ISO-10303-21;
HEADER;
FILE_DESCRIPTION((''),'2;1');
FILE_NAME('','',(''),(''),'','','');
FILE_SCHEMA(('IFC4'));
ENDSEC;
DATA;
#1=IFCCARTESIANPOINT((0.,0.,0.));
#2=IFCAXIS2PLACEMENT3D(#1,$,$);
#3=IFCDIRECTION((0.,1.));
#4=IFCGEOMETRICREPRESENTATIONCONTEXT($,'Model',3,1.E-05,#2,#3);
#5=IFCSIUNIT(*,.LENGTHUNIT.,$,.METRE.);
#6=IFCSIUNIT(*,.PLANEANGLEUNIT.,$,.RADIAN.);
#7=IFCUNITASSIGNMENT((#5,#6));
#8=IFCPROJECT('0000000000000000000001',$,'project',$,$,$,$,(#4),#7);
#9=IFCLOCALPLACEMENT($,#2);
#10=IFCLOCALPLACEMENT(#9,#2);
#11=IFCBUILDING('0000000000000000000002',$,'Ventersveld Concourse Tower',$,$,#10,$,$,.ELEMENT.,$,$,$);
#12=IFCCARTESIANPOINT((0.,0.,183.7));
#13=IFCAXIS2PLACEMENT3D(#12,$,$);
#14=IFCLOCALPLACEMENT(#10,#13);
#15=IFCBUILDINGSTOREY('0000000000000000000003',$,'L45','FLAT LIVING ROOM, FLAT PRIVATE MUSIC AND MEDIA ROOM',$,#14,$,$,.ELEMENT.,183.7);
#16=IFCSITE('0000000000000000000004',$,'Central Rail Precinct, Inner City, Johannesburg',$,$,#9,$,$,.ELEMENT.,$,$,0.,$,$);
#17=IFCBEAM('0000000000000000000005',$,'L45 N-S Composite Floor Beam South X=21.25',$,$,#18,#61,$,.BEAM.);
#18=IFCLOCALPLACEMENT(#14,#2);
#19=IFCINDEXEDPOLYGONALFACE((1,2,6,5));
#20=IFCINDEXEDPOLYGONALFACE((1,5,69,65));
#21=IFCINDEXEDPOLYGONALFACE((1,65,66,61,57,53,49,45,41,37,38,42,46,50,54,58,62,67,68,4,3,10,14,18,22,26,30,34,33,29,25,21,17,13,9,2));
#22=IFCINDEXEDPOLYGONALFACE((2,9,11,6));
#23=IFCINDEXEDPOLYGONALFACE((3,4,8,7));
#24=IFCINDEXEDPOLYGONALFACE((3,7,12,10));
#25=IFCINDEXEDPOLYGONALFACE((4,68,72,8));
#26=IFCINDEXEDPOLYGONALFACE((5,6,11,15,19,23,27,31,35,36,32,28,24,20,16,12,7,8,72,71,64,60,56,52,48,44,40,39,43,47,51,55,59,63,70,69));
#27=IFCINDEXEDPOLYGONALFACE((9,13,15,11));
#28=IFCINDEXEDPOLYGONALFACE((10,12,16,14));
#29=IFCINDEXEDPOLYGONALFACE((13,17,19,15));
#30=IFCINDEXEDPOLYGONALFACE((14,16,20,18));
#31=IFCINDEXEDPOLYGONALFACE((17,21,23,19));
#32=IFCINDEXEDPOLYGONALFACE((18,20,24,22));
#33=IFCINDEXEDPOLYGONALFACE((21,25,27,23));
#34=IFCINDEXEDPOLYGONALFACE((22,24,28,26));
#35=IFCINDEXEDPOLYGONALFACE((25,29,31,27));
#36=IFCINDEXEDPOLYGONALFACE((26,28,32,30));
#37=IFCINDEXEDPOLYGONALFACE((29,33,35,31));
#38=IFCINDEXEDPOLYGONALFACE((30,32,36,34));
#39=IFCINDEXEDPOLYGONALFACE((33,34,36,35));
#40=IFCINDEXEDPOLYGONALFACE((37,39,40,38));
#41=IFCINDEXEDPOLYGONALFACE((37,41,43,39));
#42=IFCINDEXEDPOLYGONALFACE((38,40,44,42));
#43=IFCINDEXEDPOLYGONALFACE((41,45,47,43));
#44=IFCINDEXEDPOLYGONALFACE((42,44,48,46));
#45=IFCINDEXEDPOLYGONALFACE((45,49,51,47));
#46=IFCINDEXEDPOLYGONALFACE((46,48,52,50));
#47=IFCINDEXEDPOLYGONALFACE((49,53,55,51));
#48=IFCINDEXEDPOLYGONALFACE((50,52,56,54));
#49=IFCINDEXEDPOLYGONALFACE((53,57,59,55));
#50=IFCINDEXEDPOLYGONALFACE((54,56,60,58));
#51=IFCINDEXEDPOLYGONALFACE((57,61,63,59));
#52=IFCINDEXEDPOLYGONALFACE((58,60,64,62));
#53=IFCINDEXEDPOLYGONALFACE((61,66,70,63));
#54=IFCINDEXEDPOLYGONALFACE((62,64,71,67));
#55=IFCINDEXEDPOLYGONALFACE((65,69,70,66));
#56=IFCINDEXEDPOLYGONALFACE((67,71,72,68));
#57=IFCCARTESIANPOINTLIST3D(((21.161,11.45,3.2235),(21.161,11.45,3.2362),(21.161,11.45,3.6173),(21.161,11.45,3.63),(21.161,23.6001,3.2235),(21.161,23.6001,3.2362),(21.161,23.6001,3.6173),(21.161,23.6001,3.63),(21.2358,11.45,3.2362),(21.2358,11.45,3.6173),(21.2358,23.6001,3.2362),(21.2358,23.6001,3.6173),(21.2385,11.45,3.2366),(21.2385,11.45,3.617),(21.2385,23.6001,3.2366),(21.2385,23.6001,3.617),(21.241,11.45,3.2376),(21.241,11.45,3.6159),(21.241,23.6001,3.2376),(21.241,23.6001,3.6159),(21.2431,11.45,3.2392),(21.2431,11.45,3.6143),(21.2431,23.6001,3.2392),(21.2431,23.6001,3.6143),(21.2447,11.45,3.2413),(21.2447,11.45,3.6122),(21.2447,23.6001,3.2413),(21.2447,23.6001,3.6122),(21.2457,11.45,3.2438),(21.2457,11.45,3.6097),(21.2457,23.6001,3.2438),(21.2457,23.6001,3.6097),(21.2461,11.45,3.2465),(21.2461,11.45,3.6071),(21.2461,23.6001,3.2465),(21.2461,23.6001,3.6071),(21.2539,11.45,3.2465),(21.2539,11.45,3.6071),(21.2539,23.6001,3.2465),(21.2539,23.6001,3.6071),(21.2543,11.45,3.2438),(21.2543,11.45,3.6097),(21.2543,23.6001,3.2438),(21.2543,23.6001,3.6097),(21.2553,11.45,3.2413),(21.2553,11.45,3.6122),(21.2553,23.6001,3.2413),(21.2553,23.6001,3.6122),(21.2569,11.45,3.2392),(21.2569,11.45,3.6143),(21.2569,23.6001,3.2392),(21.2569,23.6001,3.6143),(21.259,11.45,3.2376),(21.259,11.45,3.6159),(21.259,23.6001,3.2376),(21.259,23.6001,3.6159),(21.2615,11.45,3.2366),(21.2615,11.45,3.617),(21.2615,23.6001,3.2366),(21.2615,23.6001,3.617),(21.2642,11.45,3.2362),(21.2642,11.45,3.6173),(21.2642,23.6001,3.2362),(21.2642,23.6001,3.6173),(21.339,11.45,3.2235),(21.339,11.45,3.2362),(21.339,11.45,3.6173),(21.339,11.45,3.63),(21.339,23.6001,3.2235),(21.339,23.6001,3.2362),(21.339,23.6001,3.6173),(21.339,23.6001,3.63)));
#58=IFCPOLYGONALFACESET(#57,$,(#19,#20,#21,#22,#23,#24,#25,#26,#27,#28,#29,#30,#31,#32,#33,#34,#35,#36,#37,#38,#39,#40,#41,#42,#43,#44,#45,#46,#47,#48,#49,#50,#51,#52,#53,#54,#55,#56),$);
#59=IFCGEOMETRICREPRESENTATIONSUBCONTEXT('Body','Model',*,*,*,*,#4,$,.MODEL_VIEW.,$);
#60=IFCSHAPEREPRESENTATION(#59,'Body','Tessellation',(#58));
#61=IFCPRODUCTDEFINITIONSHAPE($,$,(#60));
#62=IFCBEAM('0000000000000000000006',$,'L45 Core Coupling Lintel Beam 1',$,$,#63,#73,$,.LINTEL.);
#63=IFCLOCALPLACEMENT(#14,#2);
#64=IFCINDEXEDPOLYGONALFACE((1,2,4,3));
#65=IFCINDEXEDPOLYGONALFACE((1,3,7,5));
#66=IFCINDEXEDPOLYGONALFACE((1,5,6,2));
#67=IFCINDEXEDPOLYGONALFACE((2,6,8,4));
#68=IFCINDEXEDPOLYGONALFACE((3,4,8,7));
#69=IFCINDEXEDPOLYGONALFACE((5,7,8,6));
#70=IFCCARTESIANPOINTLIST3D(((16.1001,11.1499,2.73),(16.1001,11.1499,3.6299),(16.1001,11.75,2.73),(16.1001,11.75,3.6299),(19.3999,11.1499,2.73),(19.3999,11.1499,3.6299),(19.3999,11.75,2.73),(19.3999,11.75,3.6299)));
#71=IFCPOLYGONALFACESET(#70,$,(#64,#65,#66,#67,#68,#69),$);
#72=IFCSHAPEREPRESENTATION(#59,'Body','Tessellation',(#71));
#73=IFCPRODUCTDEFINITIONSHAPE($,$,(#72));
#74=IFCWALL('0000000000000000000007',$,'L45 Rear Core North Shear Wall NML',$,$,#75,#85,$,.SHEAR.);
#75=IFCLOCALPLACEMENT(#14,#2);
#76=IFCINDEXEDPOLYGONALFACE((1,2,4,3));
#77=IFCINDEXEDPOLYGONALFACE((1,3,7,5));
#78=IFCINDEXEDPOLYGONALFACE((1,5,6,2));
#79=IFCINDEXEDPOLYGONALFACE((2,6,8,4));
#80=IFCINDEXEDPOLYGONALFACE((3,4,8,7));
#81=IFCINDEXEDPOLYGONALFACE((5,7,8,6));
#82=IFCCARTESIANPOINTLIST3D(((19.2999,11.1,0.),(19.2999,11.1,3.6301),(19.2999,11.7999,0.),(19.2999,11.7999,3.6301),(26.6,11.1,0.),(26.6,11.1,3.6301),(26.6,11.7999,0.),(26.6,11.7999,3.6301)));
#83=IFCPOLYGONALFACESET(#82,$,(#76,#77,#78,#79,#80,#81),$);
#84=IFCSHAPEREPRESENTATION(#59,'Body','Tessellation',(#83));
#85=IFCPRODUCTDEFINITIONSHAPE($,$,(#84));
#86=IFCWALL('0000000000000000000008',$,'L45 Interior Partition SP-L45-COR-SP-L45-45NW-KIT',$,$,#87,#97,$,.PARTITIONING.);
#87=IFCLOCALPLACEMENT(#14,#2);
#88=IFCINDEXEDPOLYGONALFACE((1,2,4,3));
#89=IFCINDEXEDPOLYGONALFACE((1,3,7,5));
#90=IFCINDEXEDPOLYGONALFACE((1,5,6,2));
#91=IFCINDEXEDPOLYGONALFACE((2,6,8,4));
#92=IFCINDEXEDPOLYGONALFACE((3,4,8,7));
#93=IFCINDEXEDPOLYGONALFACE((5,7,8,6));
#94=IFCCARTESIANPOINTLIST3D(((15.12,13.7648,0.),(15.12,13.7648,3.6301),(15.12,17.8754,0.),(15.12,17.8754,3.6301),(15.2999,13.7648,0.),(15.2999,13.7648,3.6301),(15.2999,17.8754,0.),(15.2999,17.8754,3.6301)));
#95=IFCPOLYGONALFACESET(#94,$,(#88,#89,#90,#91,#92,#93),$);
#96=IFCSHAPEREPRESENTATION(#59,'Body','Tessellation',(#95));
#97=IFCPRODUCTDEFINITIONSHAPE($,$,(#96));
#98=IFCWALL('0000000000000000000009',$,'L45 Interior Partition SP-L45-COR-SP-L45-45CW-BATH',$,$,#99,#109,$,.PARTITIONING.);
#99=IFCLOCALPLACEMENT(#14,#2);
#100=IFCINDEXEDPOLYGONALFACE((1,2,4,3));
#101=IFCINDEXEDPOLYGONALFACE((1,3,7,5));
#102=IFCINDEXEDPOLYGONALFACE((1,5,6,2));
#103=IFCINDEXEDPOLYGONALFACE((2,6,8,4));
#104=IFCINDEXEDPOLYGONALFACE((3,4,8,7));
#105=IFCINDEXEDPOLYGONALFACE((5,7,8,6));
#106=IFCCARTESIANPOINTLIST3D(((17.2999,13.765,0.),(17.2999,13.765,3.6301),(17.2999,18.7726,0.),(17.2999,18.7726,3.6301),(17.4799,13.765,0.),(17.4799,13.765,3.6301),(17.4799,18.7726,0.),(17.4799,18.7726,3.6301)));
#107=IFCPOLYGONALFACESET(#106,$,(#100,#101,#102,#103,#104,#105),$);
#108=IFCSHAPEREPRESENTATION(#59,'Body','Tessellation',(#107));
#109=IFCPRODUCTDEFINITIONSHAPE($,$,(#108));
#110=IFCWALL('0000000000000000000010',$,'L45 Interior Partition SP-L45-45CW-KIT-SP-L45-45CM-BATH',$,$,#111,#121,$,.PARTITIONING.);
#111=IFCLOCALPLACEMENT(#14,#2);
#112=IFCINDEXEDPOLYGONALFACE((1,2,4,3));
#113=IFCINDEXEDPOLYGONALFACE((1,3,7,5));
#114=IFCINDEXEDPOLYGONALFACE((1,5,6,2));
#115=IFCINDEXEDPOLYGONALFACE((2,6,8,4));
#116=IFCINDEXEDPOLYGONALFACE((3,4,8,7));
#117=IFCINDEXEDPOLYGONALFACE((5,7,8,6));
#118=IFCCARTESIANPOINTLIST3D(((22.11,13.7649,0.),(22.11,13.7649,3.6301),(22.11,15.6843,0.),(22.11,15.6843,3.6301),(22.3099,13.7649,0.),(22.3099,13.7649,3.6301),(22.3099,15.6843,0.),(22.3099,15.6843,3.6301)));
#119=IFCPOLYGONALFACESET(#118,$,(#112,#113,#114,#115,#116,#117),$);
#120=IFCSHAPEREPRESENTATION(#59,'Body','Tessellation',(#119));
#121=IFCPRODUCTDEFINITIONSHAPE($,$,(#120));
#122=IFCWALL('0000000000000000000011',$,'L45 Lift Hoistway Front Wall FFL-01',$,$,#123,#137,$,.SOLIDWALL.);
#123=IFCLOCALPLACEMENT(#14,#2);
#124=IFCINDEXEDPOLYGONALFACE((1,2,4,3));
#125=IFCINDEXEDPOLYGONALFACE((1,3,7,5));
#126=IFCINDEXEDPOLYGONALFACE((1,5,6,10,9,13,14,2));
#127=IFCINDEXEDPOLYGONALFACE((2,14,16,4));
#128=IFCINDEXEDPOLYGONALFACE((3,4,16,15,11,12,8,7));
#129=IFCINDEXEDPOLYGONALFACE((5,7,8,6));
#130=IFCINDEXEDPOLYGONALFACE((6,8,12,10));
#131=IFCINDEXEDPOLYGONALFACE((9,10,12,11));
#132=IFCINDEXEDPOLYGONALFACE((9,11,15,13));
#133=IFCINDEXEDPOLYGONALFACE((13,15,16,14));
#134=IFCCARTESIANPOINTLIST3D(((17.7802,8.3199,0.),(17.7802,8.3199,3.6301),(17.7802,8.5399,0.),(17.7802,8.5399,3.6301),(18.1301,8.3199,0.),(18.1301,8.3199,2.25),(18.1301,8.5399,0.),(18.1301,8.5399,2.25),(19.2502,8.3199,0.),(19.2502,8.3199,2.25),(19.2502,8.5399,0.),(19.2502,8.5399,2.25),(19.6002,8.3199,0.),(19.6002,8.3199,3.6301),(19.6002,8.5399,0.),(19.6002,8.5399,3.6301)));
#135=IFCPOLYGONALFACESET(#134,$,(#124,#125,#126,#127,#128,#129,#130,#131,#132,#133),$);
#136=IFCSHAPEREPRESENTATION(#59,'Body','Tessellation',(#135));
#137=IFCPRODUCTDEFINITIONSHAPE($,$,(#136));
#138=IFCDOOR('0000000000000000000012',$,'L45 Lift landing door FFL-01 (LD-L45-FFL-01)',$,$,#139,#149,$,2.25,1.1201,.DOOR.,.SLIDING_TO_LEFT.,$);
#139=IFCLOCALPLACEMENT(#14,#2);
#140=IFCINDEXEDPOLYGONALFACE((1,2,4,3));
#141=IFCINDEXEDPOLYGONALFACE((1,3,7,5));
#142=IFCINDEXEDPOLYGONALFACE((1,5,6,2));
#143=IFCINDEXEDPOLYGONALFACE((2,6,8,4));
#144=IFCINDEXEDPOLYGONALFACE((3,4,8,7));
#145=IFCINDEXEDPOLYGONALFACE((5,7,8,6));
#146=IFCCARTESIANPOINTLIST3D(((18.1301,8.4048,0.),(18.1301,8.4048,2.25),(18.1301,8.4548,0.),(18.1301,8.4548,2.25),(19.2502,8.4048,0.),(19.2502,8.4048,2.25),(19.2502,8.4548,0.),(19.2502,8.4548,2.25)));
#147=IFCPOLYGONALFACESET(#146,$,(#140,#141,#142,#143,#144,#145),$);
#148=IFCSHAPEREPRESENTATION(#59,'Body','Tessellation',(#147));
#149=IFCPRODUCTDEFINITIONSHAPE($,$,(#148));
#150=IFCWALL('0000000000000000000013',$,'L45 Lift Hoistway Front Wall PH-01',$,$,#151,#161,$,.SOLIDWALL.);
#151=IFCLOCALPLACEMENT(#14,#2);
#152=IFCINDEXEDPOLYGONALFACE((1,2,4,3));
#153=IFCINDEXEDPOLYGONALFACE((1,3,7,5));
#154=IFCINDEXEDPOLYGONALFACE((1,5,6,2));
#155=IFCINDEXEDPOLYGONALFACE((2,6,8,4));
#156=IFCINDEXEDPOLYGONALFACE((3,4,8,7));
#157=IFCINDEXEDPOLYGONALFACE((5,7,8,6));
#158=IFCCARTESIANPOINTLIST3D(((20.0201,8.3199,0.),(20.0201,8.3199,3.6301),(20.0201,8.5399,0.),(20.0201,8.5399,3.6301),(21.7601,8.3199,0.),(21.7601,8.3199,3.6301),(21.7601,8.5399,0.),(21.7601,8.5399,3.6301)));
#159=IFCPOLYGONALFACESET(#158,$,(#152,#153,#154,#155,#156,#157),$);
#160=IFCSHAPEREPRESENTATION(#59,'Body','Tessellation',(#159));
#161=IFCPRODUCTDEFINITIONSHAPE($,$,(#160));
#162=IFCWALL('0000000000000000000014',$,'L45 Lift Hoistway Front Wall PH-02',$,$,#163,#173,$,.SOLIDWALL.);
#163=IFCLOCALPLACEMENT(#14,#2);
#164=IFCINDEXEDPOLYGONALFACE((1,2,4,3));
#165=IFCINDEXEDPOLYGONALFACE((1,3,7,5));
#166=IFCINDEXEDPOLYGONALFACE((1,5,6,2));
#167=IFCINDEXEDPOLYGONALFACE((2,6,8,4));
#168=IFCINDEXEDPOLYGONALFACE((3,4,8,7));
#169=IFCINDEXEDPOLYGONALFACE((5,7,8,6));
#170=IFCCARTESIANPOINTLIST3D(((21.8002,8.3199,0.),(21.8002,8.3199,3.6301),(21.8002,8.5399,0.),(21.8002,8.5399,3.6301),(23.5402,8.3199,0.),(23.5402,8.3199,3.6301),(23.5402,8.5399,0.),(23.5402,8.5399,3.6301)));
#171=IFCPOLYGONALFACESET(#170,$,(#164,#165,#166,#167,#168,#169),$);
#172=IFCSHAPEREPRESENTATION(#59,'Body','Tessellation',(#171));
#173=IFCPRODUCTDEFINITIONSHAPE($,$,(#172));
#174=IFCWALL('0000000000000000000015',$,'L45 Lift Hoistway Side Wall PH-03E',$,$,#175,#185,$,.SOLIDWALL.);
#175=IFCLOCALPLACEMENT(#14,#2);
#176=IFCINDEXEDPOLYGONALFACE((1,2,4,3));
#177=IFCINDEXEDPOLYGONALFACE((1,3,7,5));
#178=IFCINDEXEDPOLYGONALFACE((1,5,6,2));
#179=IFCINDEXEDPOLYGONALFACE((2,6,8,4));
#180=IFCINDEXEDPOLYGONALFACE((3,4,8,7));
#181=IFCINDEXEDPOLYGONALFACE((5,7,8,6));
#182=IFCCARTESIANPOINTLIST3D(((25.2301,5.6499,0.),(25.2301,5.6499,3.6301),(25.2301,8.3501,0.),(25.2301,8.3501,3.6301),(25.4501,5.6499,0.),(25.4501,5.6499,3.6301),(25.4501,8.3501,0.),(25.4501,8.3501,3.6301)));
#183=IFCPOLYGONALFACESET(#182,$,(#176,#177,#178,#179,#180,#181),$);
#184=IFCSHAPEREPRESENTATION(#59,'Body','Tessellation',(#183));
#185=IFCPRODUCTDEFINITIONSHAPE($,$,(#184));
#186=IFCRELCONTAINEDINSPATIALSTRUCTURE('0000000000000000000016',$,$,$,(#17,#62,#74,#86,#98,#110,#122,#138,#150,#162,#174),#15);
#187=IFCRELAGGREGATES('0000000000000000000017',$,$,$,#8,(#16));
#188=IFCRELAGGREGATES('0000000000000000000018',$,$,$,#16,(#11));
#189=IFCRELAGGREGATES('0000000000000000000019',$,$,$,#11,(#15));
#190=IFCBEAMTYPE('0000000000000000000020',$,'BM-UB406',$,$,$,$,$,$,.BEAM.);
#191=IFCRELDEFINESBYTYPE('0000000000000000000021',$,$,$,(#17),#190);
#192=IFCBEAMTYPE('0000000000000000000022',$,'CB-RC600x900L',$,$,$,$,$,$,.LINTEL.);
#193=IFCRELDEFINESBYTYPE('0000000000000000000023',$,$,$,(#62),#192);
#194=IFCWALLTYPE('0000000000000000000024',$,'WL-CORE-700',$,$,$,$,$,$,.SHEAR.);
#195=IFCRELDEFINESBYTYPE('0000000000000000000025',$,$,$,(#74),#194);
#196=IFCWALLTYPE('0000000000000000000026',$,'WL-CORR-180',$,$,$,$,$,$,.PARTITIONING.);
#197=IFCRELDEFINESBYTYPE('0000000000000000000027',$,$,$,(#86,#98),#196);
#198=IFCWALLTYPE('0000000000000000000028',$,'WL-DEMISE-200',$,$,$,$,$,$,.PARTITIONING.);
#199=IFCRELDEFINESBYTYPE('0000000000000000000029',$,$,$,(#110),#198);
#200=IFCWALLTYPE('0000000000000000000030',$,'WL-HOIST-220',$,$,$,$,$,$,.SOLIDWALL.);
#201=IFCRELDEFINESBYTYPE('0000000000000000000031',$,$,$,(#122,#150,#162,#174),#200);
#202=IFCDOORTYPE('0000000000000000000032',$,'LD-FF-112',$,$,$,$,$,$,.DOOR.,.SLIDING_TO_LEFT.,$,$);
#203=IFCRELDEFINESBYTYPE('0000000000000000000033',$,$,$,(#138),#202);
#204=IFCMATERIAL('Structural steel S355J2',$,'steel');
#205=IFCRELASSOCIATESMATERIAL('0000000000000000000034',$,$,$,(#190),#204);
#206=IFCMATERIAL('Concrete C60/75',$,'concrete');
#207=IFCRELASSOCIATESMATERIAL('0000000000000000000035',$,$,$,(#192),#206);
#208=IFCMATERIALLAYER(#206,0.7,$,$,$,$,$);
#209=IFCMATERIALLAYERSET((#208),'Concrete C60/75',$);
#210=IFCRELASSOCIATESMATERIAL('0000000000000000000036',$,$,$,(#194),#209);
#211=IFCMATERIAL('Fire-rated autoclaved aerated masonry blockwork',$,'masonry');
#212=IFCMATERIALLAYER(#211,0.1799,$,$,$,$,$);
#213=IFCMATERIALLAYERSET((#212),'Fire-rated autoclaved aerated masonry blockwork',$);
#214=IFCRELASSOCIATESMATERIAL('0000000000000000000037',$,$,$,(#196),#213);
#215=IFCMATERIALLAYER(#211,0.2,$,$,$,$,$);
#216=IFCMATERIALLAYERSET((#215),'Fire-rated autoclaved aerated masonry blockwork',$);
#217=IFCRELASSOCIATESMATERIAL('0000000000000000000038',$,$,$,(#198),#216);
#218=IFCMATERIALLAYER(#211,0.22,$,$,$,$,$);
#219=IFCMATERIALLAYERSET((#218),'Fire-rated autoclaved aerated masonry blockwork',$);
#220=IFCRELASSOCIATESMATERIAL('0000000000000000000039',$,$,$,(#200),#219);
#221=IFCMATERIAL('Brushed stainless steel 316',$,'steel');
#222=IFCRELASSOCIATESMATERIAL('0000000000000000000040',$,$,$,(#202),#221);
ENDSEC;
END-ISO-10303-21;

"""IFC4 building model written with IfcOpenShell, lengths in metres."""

from ifc_helpers import new_model, si_unit, direction, frame, frame_2d, origin, origin_2d, place, context, subcontext, project, spatial, rectangle, i_section, extrude, material, layer, layer_set, material_profile, profile_set, type_object, element, fill, save


model = new_model("IFC4")

# Units and contexts
model_context = context("Model", 3, precision=1e-05, world=origin(), true_north=direction((0.0, 1.0)))
body_context = subcontext(model_context, "Body", "Model", "MODEL_VIEW")
ifc_project = project(units=[si_unit("LENGTHUNIT", "METRE"), si_unit("PLANEANGLEUNIT", "RADIAN")], contexts=[model_context])

# Site, building, storey
site_placement = place(None, origin())
site = spatial("IfcSite", under=ifc_project, at=site_placement, Name="Central Rail Precinct, Inner City, Johannesburg", CompositionType="ELEMENT", RefElevation=0.0)
building_placement = place(site_placement, origin())
building = spatial("IfcBuilding", under=site, at=building_placement, Name="Ventersveld Concourse Tower", CompositionType="ELEMENT")
storey_placement = place(building_placement, frame((0.0, 0.0, 183.7)))
storey = spatial("IfcBuildingStorey", under=building, at=storey_placement, Name="L45", Description="FLAT LIVING ROOM, FLAT PRIVATE MUSIC AND MEDIA ROOM", CompositionType="ELEMENT", Elevation=183.7)

# Beams
ifc_material_1 = material(Name="Structural steel S355J2", Category="steel")
ifc_material_profile_1 = material_profile(ifc_material_1, i_section(OverallWidth=0.178, OverallDepth=0.4065, WebThickness=0.0078, FlangeThickness=0.0127, FilletRadius=0.0103, at=origin_2d()), Name="UB 406x178x60")
ifc_profile_set_1 = profile_set([ifc_material_profile_1], Name="Structural steel S355J2")
beam_type_1 = type_object("IfcBeamType", Name="BM-UB406", PredefinedType="BEAM", material=ifc_profile_set_1)
beam_1_placement = place(storey_placement, frame((21.25, 11.45, 3.4268), z_axis=(0.0, 1.0, 0.0), x_axis=(-1.0, 0.0, 0.0)))
element("IfcBeam", 1, at=beam_1_placement, inside=storey, type_object=beam_type_1, Name="L45 N-S Composite Floor Beam South X=21.25", PredefinedType="BEAM", context=body_context, shape_type="SweptSolid", body=[
    extrude(i_section(OverallWidth=0.178, OverallDepth=0.4065, WebThickness=0.0078, FlangeThickness=0.0127, FilletRadius=0.0103, at=origin_2d()), origin(), (0.0, 0.0, 1.0), 12.1501),
])
ifc_material_2 = material(Name="Concrete C60/75", Category="concrete")
ifc_material_profile_2 = material_profile(ifc_material_2, rectangle(XDim=0.6001, YDim=0.8999, at=origin_2d()), Name="RC 600x900")
ifc_profile_set_2 = profile_set([ifc_material_profile_2], Name="Concrete C60/75")
beam_type_2 = type_object("IfcBeamType", Name="CB-RC600x900L", PredefinedType="LINTEL", material=ifc_profile_set_2)
beam_2_placement = place(storey_placement, frame((16.1001, 11.45, 3.1799), z_axis=(1.0, 0.0, 0.0), x_axis=(0.0, 1.0, 0.0)))
element("IfcBeam", 2, at=beam_2_placement, inside=storey, type_object=beam_type_2, Name="L45 Core Coupling Lintel Beam 1", PredefinedType="LINTEL", context=body_context, shape_type="SweptSolid", body=[
    extrude(rectangle(XDim=0.6001, YDim=0.8999, at=origin_2d()), origin(), (0.0, 0.0, 1.0), 3.2998),
])

# Walls
ifc_layer_1 = layer(ifc_material_2, 0.7)
ifc_layer_set_1 = layer_set([ifc_layer_1], Name="Concrete C60/75")
wall_type_1 = type_object("IfcWallType", Name="WL-CORE-700", PredefinedType="SHEAR", material=ifc_layer_set_1)
wall_1_placement = place(storey_placement, frame((19.3, 11.45, 0.0), z_axis=(0.0, 0.0, 1.0), x_axis=(1.0, 0.0, 0.0)))
element("IfcWall", 3, at=wall_1_placement, inside=storey, type_object=wall_type_1, Name="L45 Rear Core North Shear Wall NML", PredefinedType="SHEAR", context=body_context, shape_type="SweptSolid", body=[
    extrude(rectangle(XDim=7.3, YDim=0.7, at=frame_2d((3.6499, 0.0))), origin(), (0.0, 0.0, 1.0), 3.6301),
])
ifc_material_3 = material(Name="Fire-rated autoclaved aerated masonry blockwork", Category="masonry")
ifc_layer_2 = layer(ifc_material_3, 0.1799)
ifc_layer_set_2 = layer_set([ifc_layer_2], Name="Fire-rated autoclaved aerated masonry blockwork")
wall_type_2 = type_object("IfcWallType", Name="WL-CORR-180", PredefinedType="PARTITIONING", material=ifc_layer_set_2)
wall_2_placement = place(storey_placement, frame((15.21, 13.7649, 0.0), z_axis=(0.0, 0.0, 1.0), x_axis=(0.0, 1.0, 0.0)))
element("IfcWall", 4, at=wall_2_placement, inside=storey, type_object=wall_type_2, Name="L45 Interior Partition SP-L45-COR-SP-L45-45NW-KIT", PredefinedType="PARTITIONING", context=body_context, shape_type="SweptSolid", body=[
    extrude(rectangle(XDim=4.1106, YDim=0.1799, at=frame_2d((2.0552, 0.0))), origin(), (0.0, 0.0, 1.0), 3.6301),
])
wall_3_placement = place(storey_placement, frame((17.3899, 13.7649, 0.0), z_axis=(0.0, 0.0, 1.0), x_axis=(0.0, 1.0, 0.0)))
element("IfcWall", 5, at=wall_3_placement, inside=storey, type_object=wall_type_2, Name="L45 Interior Partition SP-L45-COR-SP-L45-45CW-BATH", PredefinedType="PARTITIONING", context=body_context, shape_type="SweptSolid", body=[
    extrude(rectangle(XDim=5.0076, YDim=0.1799, at=frame_2d((2.5039, 0.0))), origin(), (0.0, 0.0, 1.0), 3.6301),
])
ifc_layer_3 = layer(ifc_material_3, 0.2)
ifc_layer_set_3 = layer_set([ifc_layer_3], Name="Fire-rated autoclaved aerated masonry blockwork")
wall_type_3 = type_object("IfcWallType", Name="WL-DEMISE-200", PredefinedType="PARTITIONING", material=ifc_layer_set_3)
wall_4_placement = place(storey_placement, frame((22.21, 13.7649, 0.0), z_axis=(0.0, 0.0, 1.0), x_axis=(0.0, 1.0, 0.0)))
element("IfcWall", 6, at=wall_4_placement, inside=storey, type_object=wall_type_3, Name="L45 Interior Partition SP-L45-45CW-KIT-SP-L45-45CM-BATH", PredefinedType="PARTITIONING", context=body_context, shape_type="SweptSolid", body=[
    extrude(rectangle(XDim=1.9194, YDim=0.2, at=frame_2d((0.9597, 0.0))), origin(), (0.0, 0.0, 1.0), 3.6301),
])

# Wall, opening, door
ifc_layer_4 = layer(ifc_material_3, 0.22)
ifc_layer_set_4 = layer_set([ifc_layer_4], Name="Fire-rated autoclaved aerated masonry blockwork")
wall_type_4 = type_object("IfcWallType", Name="WL-HOIST-220", PredefinedType="SOLIDWALL", material=ifc_layer_set_4)
wall_5_placement = place(storey_placement, frame((17.78, 8.4299, 0.0), z_axis=(0.0, 0.0, 1.0), x_axis=(1.0, 0.0, 0.0)))
wall_5 = element("IfcWall", 7, at=wall_5_placement, inside=storey, type_object=wall_type_4, Name="L45 Lift Hoistway Front Wall FFL-01", PredefinedType="SOLIDWALL", context=body_context, shape_type="SweptSolid", body=[
    extrude(rectangle(XDim=1.8201, YDim=0.22, at=frame_2d((0.9102, 0.0))), origin(), (0.0, 0.0, 1.0), 3.6301),
])
opening_1_placement = place(wall_5_placement, frame((0.3501, 0.0, 0.0)))
opening_1 = element("IfcOpeningElement", 8, at=opening_1_placement, cuts=wall_5, PredefinedType="OPENING", context=body_context, shape_type="SweptSolid", body=[
    extrude(rectangle(XDim=1.1201, YDim=2.25, at=frame_2d((0.5601, 1.125))), frame((0.0, 0.1201, 0.0), z_axis=(0.0, -1.0, 0.0), x_axis=(1.0, 0.0, 0.0)), (0.0, 0.0, 1.0), 0.24),
])
ifc_material_4 = material(Name="Brushed stainless steel 316", Category="steel")
door_type_1 = type_object("IfcDoorType", Name="LD-FF-112", OperationType="SLIDING_TO_LEFT", PredefinedType="DOOR", material=ifc_material_4)
door_1_placement = place(opening_1_placement, origin())
door_1 = element("IfcDoor", 9, at=door_1_placement, inside=storey, type_object=door_type_1, Name="L45 Lift landing door FFL-01 (LD-L45-FFL-01)", OperationType="SLIDING_TO_LEFT", OverallHeight=2.25, OverallWidth=1.1201, PredefinedType="DOOR", context=body_context, shape_type="SweptSolid", body=[
    extrude(rectangle(XDim=1.1201, YDim=2.25, at=frame_2d((0.5601, 1.125))), frame((0.0, 0.0249, 0.0), z_axis=(0.0, -1.0, 0.0), x_axis=(1.0, 0.0, 0.0)), (0.0, 0.0, 1.0), 0.05),
])
fill(opening_1, door_1)

# Walls
for number, where, z_axis, x_axis, name in (
    (10, (20.02, 8.4299, 0.0), (0.0, 0.0, 1.0), (1.0, 0.0, 0.0), "L45 Lift Hoistway Front Wall PH-01"),
    (11, (21.8, 8.4299, 0.0), (0.0, 0.0, 1.0), (1.0, 0.0, 0.0), "L45 Lift Hoistway Front Wall PH-02"),
):
    element("IfcWall", number, at=place(storey_placement, frame(where, z_axis=z_axis, x_axis=x_axis)), inside=storey, type_object=wall_type_4, Name=name, PredefinedType="SOLIDWALL", context=body_context, shape_type="SweptSolid", body=[
        extrude(rectangle(XDim=1.74, YDim=0.22, at=frame_2d((0.8701, 0.0))), origin(), (0.0, 0.0, 1.0), 3.6301),
    ])
wall_6_placement = place(storey_placement, frame((25.3401, 5.6499, 0.0), z_axis=(0.0, 0.0, 1.0), x_axis=(0.0, 1.0, 0.0)))
element("IfcWall", 12, at=wall_6_placement, inside=storey, type_object=wall_type_4, Name="L45 Lift Hoistway Side Wall PH-03E", PredefinedType="SOLIDWALL", context=body_context, shape_type="SweptSolid", body=[
    extrude(rectangle(XDim=2.7002, YDim=0.22, at=frame_2d((1.3501, 0.0))), origin(), (0.0, 0.0, 1.0), 3.6301),
])

save(model, "model.ifc")
